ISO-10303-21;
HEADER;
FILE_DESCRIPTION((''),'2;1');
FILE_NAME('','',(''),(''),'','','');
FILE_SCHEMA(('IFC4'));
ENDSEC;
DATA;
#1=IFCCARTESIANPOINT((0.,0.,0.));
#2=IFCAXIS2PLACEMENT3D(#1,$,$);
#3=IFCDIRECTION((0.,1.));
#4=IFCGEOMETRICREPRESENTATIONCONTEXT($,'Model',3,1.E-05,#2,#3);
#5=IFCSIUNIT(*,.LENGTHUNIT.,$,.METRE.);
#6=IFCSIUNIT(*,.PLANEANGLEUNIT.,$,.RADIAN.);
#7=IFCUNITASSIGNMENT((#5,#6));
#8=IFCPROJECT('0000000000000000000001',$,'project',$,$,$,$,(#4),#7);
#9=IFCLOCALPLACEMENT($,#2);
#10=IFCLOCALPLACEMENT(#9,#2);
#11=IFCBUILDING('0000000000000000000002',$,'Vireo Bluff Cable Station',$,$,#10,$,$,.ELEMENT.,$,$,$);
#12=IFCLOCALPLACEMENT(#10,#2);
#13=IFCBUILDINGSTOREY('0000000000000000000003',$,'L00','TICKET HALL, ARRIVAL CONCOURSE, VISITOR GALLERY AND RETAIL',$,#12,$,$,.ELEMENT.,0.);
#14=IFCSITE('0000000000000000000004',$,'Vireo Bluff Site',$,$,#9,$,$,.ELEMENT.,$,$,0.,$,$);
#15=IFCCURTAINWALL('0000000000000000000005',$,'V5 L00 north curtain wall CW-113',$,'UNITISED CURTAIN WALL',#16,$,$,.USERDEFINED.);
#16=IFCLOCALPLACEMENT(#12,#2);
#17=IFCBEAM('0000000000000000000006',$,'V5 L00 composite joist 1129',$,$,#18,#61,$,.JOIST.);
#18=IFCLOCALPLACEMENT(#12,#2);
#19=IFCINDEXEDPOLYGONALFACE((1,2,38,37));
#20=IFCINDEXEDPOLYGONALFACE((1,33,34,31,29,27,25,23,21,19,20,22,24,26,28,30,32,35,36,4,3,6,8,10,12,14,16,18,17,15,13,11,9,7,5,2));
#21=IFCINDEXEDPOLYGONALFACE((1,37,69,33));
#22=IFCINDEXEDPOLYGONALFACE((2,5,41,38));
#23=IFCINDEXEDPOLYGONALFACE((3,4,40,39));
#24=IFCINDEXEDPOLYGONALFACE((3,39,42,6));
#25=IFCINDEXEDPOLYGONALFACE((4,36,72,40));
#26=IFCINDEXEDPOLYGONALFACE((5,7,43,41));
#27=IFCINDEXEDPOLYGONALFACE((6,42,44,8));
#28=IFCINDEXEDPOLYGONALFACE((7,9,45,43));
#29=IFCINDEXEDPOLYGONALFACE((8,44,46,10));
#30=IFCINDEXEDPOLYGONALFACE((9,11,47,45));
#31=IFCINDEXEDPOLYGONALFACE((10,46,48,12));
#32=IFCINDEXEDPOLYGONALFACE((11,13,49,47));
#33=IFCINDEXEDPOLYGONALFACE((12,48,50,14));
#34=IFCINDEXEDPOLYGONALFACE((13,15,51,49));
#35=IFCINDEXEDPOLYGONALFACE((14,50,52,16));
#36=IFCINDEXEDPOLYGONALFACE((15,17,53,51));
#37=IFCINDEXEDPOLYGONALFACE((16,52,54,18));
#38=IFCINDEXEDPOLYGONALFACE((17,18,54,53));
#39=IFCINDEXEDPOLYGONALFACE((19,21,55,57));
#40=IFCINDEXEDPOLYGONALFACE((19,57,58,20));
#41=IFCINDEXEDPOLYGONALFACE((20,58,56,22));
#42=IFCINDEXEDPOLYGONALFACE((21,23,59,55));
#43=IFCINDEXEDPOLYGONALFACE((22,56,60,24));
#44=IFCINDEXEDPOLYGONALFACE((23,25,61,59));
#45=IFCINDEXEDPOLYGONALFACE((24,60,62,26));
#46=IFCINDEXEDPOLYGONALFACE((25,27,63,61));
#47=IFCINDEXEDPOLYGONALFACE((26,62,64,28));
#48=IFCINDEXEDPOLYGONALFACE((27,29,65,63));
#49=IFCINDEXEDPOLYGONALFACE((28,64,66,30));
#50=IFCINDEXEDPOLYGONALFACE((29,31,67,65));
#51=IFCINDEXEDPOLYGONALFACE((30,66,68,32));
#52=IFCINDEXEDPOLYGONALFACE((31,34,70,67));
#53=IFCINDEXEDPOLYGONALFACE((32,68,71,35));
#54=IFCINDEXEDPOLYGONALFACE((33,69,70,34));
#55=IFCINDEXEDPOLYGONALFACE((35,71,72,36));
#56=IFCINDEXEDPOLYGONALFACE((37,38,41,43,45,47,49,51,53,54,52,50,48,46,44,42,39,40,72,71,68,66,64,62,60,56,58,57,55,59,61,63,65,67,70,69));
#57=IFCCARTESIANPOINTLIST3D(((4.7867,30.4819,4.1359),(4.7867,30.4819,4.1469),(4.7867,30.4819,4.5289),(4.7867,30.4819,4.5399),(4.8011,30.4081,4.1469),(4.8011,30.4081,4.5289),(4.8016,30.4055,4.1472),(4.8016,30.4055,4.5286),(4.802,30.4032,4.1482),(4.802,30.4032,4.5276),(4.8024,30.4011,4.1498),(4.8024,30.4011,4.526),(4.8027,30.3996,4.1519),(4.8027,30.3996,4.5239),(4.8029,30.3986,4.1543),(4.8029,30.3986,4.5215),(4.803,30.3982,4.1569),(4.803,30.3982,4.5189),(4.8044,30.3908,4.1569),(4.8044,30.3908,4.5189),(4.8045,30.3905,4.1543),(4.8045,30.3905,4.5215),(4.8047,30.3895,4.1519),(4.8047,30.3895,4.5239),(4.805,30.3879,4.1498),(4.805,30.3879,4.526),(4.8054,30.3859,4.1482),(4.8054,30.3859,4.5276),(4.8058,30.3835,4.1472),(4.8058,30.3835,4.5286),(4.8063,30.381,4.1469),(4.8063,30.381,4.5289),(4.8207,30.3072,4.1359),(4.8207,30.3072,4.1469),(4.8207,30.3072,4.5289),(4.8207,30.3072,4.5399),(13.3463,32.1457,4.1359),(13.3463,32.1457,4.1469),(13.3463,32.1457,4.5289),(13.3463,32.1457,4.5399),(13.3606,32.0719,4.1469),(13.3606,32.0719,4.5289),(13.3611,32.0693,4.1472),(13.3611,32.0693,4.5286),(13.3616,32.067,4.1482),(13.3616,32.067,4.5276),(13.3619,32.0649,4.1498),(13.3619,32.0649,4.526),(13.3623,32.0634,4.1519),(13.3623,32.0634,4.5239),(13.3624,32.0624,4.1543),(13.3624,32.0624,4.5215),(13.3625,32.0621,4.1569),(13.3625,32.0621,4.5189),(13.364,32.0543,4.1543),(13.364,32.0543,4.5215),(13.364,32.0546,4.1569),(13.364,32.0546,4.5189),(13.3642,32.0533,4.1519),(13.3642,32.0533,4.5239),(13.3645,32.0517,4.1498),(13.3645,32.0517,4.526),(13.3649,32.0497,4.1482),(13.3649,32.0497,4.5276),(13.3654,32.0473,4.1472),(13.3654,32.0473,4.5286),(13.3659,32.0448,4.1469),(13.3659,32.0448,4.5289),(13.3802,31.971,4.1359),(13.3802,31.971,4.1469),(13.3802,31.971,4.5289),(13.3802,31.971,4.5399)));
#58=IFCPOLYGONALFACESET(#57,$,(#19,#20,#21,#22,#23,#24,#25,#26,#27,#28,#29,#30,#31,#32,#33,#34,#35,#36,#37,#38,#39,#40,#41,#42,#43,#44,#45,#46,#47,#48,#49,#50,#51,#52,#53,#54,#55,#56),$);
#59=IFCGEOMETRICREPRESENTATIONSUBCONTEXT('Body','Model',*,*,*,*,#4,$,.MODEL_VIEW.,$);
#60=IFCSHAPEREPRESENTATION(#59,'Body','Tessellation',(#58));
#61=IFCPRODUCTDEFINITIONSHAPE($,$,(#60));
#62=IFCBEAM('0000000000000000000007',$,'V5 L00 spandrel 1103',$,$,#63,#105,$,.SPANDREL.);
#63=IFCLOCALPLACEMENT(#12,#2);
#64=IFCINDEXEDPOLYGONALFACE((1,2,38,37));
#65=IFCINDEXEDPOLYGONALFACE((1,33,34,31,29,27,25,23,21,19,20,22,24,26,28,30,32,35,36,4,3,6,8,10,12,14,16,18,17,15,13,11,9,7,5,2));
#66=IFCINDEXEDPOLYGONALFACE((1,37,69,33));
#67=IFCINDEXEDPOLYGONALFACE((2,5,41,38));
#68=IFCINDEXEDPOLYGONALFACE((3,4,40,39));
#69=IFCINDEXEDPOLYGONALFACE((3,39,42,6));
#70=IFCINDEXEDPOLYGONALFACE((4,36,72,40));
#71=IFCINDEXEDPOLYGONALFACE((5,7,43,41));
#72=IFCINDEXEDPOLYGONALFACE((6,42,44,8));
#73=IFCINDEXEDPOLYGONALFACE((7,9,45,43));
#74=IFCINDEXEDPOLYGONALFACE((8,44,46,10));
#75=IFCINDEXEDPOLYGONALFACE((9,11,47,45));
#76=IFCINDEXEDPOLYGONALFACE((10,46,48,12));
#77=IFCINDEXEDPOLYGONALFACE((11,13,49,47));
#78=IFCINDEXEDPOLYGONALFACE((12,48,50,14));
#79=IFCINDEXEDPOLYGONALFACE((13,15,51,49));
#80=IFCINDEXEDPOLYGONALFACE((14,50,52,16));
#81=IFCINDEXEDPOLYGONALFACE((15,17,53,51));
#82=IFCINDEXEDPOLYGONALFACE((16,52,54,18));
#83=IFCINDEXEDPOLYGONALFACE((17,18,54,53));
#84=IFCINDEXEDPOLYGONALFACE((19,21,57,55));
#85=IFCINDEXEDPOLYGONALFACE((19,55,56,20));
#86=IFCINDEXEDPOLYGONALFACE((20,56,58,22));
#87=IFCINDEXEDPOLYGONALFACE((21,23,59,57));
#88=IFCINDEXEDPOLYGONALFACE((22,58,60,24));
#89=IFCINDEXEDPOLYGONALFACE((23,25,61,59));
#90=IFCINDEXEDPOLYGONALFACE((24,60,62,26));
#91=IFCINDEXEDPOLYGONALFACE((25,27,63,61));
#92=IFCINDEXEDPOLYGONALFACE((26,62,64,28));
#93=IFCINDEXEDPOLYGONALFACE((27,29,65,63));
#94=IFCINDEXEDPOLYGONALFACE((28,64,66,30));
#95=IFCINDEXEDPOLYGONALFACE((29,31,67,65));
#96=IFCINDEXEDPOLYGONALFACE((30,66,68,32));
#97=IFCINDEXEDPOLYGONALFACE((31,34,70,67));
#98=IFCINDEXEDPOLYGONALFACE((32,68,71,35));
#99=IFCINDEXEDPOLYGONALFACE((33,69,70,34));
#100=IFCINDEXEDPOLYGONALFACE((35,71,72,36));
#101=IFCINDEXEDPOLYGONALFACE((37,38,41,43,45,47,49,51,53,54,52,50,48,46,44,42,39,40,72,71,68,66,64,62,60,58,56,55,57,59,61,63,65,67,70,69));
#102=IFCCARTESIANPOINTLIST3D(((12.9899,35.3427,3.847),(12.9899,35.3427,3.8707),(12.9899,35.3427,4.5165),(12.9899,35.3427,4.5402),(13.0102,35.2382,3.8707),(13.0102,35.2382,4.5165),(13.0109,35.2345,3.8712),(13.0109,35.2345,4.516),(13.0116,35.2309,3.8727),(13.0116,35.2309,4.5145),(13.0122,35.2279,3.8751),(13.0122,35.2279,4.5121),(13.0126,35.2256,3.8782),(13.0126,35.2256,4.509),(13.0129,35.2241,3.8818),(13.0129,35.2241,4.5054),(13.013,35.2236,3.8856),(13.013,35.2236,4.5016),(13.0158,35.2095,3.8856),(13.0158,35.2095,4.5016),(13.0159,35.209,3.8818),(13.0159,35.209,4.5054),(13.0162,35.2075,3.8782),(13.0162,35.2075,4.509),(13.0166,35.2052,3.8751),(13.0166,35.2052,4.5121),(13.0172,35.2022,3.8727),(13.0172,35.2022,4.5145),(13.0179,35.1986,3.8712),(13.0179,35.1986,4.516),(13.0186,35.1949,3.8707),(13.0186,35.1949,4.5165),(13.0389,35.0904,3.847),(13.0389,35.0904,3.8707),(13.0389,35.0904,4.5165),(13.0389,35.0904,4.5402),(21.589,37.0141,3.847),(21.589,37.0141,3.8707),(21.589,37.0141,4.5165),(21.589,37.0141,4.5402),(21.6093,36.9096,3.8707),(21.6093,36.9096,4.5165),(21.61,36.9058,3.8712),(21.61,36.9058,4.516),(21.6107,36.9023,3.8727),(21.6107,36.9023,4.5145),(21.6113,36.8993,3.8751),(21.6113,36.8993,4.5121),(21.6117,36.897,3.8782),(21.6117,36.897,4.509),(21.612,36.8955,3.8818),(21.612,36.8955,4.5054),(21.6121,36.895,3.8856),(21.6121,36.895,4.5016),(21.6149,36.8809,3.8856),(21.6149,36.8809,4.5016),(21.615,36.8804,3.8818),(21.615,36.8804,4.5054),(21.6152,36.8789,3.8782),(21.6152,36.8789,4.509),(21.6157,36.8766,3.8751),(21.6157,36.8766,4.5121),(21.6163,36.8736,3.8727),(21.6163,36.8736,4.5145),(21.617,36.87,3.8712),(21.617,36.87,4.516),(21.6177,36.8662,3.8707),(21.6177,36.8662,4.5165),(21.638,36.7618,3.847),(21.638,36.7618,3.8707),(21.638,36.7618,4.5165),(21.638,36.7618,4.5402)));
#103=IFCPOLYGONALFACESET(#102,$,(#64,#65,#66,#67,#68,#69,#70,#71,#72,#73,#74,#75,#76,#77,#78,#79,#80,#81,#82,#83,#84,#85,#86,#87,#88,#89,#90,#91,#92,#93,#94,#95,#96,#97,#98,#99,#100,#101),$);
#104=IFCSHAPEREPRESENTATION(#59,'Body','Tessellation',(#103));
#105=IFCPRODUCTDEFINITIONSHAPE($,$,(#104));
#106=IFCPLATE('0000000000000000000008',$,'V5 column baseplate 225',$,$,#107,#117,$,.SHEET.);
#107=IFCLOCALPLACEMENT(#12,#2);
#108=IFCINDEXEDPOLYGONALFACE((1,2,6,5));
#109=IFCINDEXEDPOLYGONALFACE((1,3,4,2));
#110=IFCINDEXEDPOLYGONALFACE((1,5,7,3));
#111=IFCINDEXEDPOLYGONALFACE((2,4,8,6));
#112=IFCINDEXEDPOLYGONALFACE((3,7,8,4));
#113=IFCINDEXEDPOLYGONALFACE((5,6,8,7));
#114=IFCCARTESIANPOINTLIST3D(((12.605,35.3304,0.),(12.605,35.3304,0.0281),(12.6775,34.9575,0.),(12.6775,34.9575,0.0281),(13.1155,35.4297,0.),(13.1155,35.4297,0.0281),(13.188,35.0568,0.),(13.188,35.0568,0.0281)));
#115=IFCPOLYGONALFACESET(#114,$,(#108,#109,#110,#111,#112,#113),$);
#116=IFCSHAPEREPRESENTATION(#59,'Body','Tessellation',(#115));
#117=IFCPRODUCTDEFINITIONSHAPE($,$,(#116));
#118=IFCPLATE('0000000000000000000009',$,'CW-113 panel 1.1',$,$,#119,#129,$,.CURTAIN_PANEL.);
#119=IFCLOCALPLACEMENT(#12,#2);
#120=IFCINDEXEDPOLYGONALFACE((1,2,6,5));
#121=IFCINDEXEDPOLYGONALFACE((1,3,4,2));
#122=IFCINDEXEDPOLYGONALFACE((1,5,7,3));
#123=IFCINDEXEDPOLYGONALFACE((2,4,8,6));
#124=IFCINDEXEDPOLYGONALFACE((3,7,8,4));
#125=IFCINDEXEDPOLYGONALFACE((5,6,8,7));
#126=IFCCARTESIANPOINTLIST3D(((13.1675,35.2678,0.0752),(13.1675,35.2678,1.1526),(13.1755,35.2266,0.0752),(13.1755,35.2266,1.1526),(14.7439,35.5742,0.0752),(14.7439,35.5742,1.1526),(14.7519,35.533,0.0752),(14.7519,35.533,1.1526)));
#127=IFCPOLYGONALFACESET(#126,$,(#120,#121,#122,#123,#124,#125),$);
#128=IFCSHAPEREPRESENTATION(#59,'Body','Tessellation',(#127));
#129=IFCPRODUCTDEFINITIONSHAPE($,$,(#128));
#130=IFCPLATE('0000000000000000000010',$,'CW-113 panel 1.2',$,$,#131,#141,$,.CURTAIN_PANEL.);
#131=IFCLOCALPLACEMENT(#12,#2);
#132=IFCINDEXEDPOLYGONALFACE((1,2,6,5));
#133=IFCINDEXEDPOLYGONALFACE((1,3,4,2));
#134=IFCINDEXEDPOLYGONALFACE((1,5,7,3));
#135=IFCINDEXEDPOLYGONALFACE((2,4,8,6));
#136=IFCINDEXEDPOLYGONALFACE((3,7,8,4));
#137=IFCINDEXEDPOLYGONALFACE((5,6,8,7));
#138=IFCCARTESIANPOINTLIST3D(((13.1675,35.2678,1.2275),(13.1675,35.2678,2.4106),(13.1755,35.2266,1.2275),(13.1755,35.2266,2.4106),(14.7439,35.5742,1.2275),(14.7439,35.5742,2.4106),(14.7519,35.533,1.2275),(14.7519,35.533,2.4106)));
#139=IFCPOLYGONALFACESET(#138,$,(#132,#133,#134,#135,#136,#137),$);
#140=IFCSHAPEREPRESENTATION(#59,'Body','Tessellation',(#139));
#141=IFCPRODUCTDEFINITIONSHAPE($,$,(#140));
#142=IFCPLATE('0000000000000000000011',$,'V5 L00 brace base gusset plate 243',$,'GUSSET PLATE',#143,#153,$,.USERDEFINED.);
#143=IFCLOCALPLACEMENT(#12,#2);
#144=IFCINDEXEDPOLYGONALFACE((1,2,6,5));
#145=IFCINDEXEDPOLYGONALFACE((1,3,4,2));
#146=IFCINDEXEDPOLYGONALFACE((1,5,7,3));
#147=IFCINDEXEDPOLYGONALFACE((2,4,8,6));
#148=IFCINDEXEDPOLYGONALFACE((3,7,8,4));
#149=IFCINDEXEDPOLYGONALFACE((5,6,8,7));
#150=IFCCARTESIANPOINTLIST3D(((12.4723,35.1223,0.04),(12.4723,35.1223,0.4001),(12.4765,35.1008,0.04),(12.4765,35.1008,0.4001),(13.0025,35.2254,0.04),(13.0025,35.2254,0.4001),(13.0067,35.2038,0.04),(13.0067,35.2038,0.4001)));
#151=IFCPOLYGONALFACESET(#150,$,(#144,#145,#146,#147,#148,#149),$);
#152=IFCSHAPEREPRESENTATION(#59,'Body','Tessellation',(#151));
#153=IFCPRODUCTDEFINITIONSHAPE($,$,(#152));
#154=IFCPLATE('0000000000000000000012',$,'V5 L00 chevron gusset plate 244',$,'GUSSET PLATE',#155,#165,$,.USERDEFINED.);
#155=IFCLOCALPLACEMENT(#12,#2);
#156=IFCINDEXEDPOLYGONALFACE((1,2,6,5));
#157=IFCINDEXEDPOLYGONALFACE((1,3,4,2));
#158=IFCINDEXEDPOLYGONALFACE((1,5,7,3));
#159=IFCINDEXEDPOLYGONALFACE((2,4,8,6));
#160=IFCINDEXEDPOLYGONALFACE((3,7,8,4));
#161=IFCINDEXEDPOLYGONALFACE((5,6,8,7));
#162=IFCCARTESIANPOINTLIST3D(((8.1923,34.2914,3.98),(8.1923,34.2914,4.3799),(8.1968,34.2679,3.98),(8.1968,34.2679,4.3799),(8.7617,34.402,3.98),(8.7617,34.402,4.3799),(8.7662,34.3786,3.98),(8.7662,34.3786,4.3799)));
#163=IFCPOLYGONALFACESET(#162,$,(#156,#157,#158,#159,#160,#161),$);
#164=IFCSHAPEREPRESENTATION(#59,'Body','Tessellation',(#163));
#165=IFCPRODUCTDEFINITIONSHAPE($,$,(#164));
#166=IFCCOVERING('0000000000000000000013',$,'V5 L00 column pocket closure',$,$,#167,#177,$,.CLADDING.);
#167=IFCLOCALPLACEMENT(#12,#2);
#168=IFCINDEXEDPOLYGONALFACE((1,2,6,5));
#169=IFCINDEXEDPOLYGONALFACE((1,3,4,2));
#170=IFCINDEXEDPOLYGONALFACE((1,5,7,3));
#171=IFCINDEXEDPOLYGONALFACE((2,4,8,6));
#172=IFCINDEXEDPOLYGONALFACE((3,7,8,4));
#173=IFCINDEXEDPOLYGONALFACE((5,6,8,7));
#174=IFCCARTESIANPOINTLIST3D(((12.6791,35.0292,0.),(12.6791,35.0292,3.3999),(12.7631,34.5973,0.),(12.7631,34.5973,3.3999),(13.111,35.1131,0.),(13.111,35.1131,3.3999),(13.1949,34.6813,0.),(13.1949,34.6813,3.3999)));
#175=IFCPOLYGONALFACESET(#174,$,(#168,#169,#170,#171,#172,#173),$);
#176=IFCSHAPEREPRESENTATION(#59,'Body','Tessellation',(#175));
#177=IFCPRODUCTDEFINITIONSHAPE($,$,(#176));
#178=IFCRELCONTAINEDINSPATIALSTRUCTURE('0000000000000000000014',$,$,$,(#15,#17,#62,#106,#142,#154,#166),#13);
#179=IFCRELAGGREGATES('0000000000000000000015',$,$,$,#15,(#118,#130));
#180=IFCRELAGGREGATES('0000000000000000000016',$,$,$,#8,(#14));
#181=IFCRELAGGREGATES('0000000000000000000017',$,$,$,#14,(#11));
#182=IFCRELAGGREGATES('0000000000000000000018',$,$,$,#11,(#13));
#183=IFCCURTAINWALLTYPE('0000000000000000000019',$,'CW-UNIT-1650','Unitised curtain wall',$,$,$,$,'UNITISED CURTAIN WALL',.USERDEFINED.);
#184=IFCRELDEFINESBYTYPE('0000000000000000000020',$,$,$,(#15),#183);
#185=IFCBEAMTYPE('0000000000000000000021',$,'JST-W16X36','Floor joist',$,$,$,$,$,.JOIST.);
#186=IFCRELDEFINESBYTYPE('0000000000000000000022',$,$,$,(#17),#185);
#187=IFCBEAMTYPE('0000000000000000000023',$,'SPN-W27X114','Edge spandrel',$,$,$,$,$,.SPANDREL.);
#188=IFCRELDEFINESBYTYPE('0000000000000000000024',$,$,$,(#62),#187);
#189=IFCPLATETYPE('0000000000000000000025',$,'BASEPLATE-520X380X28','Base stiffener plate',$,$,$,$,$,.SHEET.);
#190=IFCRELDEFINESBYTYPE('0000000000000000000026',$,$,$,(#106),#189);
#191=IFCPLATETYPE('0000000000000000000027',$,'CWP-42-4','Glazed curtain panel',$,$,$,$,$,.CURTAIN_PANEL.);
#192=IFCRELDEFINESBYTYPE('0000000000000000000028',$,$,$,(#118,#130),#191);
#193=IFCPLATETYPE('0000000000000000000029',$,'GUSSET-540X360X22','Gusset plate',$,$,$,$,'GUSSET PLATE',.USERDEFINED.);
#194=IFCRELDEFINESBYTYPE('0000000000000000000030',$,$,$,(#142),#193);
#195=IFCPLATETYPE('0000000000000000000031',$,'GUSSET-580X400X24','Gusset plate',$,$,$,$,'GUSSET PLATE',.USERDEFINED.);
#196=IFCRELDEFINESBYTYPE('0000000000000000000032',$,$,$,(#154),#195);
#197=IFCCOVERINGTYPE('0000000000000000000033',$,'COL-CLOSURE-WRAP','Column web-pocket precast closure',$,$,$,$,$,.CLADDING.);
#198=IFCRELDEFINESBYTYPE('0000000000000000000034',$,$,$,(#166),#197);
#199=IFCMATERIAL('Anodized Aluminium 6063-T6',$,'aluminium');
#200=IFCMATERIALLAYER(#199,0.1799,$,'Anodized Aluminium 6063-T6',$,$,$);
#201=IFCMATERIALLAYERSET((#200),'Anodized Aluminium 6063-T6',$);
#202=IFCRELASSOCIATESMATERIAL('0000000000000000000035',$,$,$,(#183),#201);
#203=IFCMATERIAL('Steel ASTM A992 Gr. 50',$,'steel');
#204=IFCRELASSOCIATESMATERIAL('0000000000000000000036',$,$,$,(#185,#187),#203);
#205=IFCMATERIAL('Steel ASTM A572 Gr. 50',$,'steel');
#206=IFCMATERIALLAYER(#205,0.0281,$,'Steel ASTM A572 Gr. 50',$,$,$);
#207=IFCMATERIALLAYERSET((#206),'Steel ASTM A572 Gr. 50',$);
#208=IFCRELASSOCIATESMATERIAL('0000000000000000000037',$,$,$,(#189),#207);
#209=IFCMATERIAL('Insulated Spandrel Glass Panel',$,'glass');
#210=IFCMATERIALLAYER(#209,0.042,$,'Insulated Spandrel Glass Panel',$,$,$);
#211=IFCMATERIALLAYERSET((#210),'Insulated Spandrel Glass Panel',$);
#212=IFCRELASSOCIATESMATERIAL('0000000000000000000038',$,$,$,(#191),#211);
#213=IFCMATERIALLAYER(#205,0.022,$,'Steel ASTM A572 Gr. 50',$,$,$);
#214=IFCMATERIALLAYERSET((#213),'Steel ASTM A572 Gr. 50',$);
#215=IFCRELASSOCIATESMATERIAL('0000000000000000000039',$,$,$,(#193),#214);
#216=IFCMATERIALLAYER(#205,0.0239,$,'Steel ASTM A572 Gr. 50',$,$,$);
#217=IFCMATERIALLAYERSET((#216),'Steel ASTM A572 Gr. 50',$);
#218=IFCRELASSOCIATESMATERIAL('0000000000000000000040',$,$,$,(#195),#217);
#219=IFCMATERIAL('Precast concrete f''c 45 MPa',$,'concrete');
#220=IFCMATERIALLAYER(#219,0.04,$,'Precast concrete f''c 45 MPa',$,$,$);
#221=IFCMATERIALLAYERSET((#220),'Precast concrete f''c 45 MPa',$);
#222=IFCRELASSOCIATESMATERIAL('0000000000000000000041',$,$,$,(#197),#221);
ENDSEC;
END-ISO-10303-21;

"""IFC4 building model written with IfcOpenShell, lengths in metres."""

from ifc_helpers import new_model, si_unit, direction, frame, origin, origin_2d, place, context, subcontext, project, spatial, rectangle, i_section, extrude, material, layer, layer_set, material_profile, profile_set, type_object, element, aggregate, save


model = new_model("IFC4")

# Units and contexts
model_context = context("Model", 3, precision=1e-05, world=origin(), true_north=direction((0.0, 1.0)))
body_context = subcontext(model_context, "Body", "Model", "MODEL_VIEW")
ifc_project = project(units=[si_unit("LENGTHUNIT", "METRE"), si_unit("PLANEANGLEUNIT", "RADIAN")], contexts=[model_context])

# Site, building, storey
site_placement = place(None, origin())
site = spatial("IfcSite", under=ifc_project, at=site_placement, Name="Vireo Bluff Site", CompositionType="ELEMENT", RefElevation=0.0)
building_placement = place(site_placement, origin())
building = spatial("IfcBuilding", under=site, at=building_placement, Name="Vireo Bluff Cable Station", CompositionType="ELEMENT")
storey_placement = place(building_placement, origin())
storey = spatial("IfcBuildingStorey", under=building, at=storey_placement, Name="L00", Description="TICKET HALL, ARRIVAL CONCOURSE, VISITOR GALLERY AND RETAIL", CompositionType="ELEMENT", Elevation=0.0)

# Shared definitions
ifc_material_1 = material(Name="Steel ASTM A992 Gr. 50", Category="steel")

# Curtain wall
ifc_material_2 = material(Name="Anodized Aluminium 6063-T6", Category="aluminium")
ifc_layer_1 = layer(ifc_material_2, 0.1799, Name="Anodized Aluminium 6063-T6")
ifc_layer_set_1 = layer_set([ifc_layer_1], Name="Anodized Aluminium 6063-T6")
curtain_wall_type_1 = type_object("IfcCurtainWallType", Name="CW-UNIT-1650", Description="Unitised curtain wall", ElementType="UNITISED CURTAIN WALL", PredefinedType="USERDEFINED", material=ifc_layer_set_1)
curtain_wall_1_placement = place(storey_placement, origin())
curtain_wall_1 = element("IfcCurtainWall", 1, at=curtain_wall_1_placement, inside=storey, type_object=curtain_wall_type_1, Name="V5 L00 north curtain wall CW-113", ObjectType="UNITISED CURTAIN WALL", PredefinedType="USERDEFINED")

# Beams
ifc_material_profile_1 = material_profile(ifc_material_1, i_section(OverallWidth=0.178, OverallDepth=0.4041, WebThickness=0.0076, FlangeThickness=0.011, FilletRadius=0.01, at=origin_2d()), Name="W16X36")
ifc_profile_set_1 = profile_set([ifc_material_profile_1], Name="Steel ASTM A992 Gr. 50")
beam_type_1 = type_object("IfcBeamType", Name="JST-W16X36", Description="Floor joist", PredefinedType="JOIST", material=ifc_profile_set_1)
beam_1_placement = place(storey_placement, frame((4.8037, 30.3945, 4.3379), z_axis=(0.981627, 0.19081, 0.0), x_axis=(-0.19081, 0.981627, 0.0)))
element("IfcBeam", 2, at=beam_1_placement, inside=storey, type_object=beam_type_1, Name="V5 L00 composite joist 1129", PredefinedType="JOIST", context=body_context, shape_type="SweptSolid", body=[
    extrude(i_section(OverallWidth=0.178, OverallDepth=0.4041, WebThickness=0.0076, FlangeThickness=0.011, FilletRadius=0.01, at=origin_2d()), origin(), (0.0, 0.0, 1.0), 8.7197),
])
ifc_material_profile_2 = material_profile(ifc_material_1, i_section(OverallWidth=0.2571, OverallDepth=0.6931, WebThickness=0.0144, FlangeThickness=0.0237, FilletRadius=0.0149, at=origin_2d()), Name="W27X114")
ifc_profile_set_2 = profile_set([ifc_material_profile_2], Name="Steel ASTM A992 Gr. 50")
beam_type_2 = type_object("IfcBeamType", Name="SPN-W27X114", Description="Edge spandrel", PredefinedType="SPANDREL", material=ifc_profile_set_2)
beam_2_placement = place(storey_placement, frame((13.0144, 35.2166, 4.1936), z_axis=(0.98163, 0.190797, 0.0), x_axis=(-0.190797, 0.98163, 0.0)))
element("IfcBeam", 3, at=beam_2_placement, inside=storey, type_object=beam_type_2, Name="V5 L00 spandrel 1103", PredefinedType="SPANDREL", context=body_context, shape_type="SweptSolid", body=[
    extrude(i_section(OverallWidth=0.2571, OverallDepth=0.6931, WebThickness=0.0144, FlangeThickness=0.0237, FilletRadius=0.0149, at=origin_2d()), origin(), (0.0, 0.0, 1.0), 8.76),
])

# Plates
ifc_material_3 = material(Name="Steel ASTM A572 Gr. 50", Category="steel")
ifc_layer_2 = layer(ifc_material_3, 0.0281, Name="Steel ASTM A572 Gr. 50")
ifc_layer_set_2 = layer_set([ifc_layer_2], Name="Steel ASTM A572 Gr. 50")
plate_type_1 = type_object("IfcPlateType", Name="BASEPLATE-520X380X28", Description="Base stiffener plate", PredefinedType="SHEET", material=ifc_layer_set_2)
plate_1_placement = place(storey_placement, frame((12.8965, 35.1936, 0.0), z_axis=(0.0, 0.0, 1.0), x_axis=(0.981627, 0.190809, 0.0)))
element("IfcPlate", 4, at=plate_1_placement, inside=storey, type_object=plate_type_1, Name="V5 column baseplate 225", PredefinedType="SHEET", context=body_context, shape_type="SweptSolid", body=[
    extrude(rectangle(XDim=0.52, YDim=0.3799, at=origin_2d()), origin(), (0.0, 0.0, 1.0), 0.0281),
])
ifc_material_4 = material(Name="Insulated Spandrel Glass Panel", Category="glass")
ifc_layer_3 = layer(ifc_material_4, 0.042, Name="Insulated Spandrel Glass Panel")
ifc_layer_set_3 = layer_set([ifc_layer_3], Name="Insulated Spandrel Glass Panel")
plate_type_2 = type_object("IfcPlateType", Name="CWP-42-4", Description="Glazed curtain panel", PredefinedType="CURTAIN_PANEL", material=ifc_layer_set_3)
plate_2_placement = place(storey_placement, frame((13.9597, 35.4004, 0.0752), z_axis=(0.0, 0.0, 1.0), x_axis=(0.981627, 0.190809, 0.0)))
plate_2 = element("IfcPlate", 5, at=plate_2_placement, type_object=plate_type_2, Name="CW-113 panel 1.1", PredefinedType="CURTAIN_PANEL", context=body_context, shape_type="SweptSolid", body=[
    extrude(rectangle(XDim=1.606, YDim=0.042, at=origin_2d()), origin(), (0.0, 0.0, 1.0), 1.0774),
])
plate_3_placement = place(storey_placement, frame((13.9597, 35.4004, 1.2275), z_axis=(0.0, 0.0, 1.0), x_axis=(0.981627, 0.190809, 0.0)))
plate_3 = element("IfcPlate", 6, at=plate_3_placement, type_object=plate_type_2, Name="CW-113 panel 1.2", PredefinedType="CURTAIN_PANEL", context=body_context, shape_type="SweptSolid", body=[
    extrude(rectangle(XDim=1.606, YDim=0.042, at=origin_2d()), origin(), (0.0, 0.0, 1.0), 1.1831),
])
aggregate(curtain_wall_1, [plate_2, plate_3])

# Plates
ifc_layer_4 = layer(ifc_material_3, 0.022, Name="Steel ASTM A572 Gr. 50")
ifc_layer_set_4 = layer_set([ifc_layer_4], Name="Steel ASTM A572 Gr. 50")
plate_type_3 = type_object("IfcPlateType", Name="GUSSET-540X360X22", Description="Gusset plate", ElementType="GUSSET PLATE", PredefinedType="USERDEFINED", material=ifc_layer_set_4)
plate_4_placement = place(storey_placement, frame((12.7395, 35.1631, 0.04), z_axis=(0.0, 0.0, 1.0), x_axis=(0.981627, 0.190809, 0.0)))
element("IfcPlate", 7, at=plate_4_placement, inside=storey, type_object=plate_type_3, Name="V5 L00 brace base gusset plate 243", ObjectType="GUSSET PLATE", PredefinedType="USERDEFINED", context=body_context, shape_type="SweptSolid", body=[
    extrude(rectangle(XDim=0.54, YDim=0.022, at=origin_2d()), origin(), (0.0, 0.0, 1.0), 0.3601),
])
ifc_layer_5 = layer(ifc_material_3, 0.0239, Name="Steel ASTM A572 Gr. 50")
ifc_layer_set_5 = layer_set([ifc_layer_5], Name="Steel ASTM A572 Gr. 50")
plate_type_4 = type_object("IfcPlateType", Name="GUSSET-580X400X24", Description="Gusset plate", ElementType="GUSSET PLATE", PredefinedType="USERDEFINED", material=ifc_layer_set_5)
plate_5_placement = place(storey_placement, frame((8.4792, 34.335, 3.98), z_axis=(0.0, 0.0, 1.0), x_axis=(0.981627, 0.190809, 0.0)))
element("IfcPlate", 8, at=plate_5_placement, inside=storey, type_object=plate_type_4, Name="V5 L00 chevron gusset plate 244", ObjectType="GUSSET PLATE", PredefinedType="USERDEFINED", context=body_context, shape_type="SweptSolid", body=[
    extrude(rectangle(XDim=0.5801, YDim=0.0239, at=origin_2d()), origin(), (0.0, 0.0, 1.0), 0.3999),
])

# Covering
ifc_material_5 = material(Name="Precast concrete f'c 45 MPa", Category="concrete")
ifc_layer_6 = layer(ifc_material_5, 0.04, Name="Precast concrete f'c 45 MPa")
ifc_layer_set_6 = layer_set([ifc_layer_6], Name="Precast concrete f'c 45 MPa")
covering_type = type_object("IfcCoveringType", Name="COL-CLOSURE-WRAP", Description="Column web-pocket precast closure", PredefinedType="CLADDING", material=ifc_layer_set_6)
covering_placement = place(storey_placement, frame((12.937, 34.8552, 0.0), z_axis=(0.0, 0.0, 1.0), x_axis=(0.981627, 0.190809, 0.0)))
element("IfcCovering", 9, at=covering_placement, inside=storey, type_object=covering_type, Name="V5 L00 column pocket closure", PredefinedType="CLADDING", context=body_context, shape_type="SweptSolid", body=[
    extrude(rectangle(XDim=0.4399, YDim=0.4399, at=origin_2d()), origin(), (0.0, 0.0, 1.0), 3.3999),
])

save(model, "model.ifc")
